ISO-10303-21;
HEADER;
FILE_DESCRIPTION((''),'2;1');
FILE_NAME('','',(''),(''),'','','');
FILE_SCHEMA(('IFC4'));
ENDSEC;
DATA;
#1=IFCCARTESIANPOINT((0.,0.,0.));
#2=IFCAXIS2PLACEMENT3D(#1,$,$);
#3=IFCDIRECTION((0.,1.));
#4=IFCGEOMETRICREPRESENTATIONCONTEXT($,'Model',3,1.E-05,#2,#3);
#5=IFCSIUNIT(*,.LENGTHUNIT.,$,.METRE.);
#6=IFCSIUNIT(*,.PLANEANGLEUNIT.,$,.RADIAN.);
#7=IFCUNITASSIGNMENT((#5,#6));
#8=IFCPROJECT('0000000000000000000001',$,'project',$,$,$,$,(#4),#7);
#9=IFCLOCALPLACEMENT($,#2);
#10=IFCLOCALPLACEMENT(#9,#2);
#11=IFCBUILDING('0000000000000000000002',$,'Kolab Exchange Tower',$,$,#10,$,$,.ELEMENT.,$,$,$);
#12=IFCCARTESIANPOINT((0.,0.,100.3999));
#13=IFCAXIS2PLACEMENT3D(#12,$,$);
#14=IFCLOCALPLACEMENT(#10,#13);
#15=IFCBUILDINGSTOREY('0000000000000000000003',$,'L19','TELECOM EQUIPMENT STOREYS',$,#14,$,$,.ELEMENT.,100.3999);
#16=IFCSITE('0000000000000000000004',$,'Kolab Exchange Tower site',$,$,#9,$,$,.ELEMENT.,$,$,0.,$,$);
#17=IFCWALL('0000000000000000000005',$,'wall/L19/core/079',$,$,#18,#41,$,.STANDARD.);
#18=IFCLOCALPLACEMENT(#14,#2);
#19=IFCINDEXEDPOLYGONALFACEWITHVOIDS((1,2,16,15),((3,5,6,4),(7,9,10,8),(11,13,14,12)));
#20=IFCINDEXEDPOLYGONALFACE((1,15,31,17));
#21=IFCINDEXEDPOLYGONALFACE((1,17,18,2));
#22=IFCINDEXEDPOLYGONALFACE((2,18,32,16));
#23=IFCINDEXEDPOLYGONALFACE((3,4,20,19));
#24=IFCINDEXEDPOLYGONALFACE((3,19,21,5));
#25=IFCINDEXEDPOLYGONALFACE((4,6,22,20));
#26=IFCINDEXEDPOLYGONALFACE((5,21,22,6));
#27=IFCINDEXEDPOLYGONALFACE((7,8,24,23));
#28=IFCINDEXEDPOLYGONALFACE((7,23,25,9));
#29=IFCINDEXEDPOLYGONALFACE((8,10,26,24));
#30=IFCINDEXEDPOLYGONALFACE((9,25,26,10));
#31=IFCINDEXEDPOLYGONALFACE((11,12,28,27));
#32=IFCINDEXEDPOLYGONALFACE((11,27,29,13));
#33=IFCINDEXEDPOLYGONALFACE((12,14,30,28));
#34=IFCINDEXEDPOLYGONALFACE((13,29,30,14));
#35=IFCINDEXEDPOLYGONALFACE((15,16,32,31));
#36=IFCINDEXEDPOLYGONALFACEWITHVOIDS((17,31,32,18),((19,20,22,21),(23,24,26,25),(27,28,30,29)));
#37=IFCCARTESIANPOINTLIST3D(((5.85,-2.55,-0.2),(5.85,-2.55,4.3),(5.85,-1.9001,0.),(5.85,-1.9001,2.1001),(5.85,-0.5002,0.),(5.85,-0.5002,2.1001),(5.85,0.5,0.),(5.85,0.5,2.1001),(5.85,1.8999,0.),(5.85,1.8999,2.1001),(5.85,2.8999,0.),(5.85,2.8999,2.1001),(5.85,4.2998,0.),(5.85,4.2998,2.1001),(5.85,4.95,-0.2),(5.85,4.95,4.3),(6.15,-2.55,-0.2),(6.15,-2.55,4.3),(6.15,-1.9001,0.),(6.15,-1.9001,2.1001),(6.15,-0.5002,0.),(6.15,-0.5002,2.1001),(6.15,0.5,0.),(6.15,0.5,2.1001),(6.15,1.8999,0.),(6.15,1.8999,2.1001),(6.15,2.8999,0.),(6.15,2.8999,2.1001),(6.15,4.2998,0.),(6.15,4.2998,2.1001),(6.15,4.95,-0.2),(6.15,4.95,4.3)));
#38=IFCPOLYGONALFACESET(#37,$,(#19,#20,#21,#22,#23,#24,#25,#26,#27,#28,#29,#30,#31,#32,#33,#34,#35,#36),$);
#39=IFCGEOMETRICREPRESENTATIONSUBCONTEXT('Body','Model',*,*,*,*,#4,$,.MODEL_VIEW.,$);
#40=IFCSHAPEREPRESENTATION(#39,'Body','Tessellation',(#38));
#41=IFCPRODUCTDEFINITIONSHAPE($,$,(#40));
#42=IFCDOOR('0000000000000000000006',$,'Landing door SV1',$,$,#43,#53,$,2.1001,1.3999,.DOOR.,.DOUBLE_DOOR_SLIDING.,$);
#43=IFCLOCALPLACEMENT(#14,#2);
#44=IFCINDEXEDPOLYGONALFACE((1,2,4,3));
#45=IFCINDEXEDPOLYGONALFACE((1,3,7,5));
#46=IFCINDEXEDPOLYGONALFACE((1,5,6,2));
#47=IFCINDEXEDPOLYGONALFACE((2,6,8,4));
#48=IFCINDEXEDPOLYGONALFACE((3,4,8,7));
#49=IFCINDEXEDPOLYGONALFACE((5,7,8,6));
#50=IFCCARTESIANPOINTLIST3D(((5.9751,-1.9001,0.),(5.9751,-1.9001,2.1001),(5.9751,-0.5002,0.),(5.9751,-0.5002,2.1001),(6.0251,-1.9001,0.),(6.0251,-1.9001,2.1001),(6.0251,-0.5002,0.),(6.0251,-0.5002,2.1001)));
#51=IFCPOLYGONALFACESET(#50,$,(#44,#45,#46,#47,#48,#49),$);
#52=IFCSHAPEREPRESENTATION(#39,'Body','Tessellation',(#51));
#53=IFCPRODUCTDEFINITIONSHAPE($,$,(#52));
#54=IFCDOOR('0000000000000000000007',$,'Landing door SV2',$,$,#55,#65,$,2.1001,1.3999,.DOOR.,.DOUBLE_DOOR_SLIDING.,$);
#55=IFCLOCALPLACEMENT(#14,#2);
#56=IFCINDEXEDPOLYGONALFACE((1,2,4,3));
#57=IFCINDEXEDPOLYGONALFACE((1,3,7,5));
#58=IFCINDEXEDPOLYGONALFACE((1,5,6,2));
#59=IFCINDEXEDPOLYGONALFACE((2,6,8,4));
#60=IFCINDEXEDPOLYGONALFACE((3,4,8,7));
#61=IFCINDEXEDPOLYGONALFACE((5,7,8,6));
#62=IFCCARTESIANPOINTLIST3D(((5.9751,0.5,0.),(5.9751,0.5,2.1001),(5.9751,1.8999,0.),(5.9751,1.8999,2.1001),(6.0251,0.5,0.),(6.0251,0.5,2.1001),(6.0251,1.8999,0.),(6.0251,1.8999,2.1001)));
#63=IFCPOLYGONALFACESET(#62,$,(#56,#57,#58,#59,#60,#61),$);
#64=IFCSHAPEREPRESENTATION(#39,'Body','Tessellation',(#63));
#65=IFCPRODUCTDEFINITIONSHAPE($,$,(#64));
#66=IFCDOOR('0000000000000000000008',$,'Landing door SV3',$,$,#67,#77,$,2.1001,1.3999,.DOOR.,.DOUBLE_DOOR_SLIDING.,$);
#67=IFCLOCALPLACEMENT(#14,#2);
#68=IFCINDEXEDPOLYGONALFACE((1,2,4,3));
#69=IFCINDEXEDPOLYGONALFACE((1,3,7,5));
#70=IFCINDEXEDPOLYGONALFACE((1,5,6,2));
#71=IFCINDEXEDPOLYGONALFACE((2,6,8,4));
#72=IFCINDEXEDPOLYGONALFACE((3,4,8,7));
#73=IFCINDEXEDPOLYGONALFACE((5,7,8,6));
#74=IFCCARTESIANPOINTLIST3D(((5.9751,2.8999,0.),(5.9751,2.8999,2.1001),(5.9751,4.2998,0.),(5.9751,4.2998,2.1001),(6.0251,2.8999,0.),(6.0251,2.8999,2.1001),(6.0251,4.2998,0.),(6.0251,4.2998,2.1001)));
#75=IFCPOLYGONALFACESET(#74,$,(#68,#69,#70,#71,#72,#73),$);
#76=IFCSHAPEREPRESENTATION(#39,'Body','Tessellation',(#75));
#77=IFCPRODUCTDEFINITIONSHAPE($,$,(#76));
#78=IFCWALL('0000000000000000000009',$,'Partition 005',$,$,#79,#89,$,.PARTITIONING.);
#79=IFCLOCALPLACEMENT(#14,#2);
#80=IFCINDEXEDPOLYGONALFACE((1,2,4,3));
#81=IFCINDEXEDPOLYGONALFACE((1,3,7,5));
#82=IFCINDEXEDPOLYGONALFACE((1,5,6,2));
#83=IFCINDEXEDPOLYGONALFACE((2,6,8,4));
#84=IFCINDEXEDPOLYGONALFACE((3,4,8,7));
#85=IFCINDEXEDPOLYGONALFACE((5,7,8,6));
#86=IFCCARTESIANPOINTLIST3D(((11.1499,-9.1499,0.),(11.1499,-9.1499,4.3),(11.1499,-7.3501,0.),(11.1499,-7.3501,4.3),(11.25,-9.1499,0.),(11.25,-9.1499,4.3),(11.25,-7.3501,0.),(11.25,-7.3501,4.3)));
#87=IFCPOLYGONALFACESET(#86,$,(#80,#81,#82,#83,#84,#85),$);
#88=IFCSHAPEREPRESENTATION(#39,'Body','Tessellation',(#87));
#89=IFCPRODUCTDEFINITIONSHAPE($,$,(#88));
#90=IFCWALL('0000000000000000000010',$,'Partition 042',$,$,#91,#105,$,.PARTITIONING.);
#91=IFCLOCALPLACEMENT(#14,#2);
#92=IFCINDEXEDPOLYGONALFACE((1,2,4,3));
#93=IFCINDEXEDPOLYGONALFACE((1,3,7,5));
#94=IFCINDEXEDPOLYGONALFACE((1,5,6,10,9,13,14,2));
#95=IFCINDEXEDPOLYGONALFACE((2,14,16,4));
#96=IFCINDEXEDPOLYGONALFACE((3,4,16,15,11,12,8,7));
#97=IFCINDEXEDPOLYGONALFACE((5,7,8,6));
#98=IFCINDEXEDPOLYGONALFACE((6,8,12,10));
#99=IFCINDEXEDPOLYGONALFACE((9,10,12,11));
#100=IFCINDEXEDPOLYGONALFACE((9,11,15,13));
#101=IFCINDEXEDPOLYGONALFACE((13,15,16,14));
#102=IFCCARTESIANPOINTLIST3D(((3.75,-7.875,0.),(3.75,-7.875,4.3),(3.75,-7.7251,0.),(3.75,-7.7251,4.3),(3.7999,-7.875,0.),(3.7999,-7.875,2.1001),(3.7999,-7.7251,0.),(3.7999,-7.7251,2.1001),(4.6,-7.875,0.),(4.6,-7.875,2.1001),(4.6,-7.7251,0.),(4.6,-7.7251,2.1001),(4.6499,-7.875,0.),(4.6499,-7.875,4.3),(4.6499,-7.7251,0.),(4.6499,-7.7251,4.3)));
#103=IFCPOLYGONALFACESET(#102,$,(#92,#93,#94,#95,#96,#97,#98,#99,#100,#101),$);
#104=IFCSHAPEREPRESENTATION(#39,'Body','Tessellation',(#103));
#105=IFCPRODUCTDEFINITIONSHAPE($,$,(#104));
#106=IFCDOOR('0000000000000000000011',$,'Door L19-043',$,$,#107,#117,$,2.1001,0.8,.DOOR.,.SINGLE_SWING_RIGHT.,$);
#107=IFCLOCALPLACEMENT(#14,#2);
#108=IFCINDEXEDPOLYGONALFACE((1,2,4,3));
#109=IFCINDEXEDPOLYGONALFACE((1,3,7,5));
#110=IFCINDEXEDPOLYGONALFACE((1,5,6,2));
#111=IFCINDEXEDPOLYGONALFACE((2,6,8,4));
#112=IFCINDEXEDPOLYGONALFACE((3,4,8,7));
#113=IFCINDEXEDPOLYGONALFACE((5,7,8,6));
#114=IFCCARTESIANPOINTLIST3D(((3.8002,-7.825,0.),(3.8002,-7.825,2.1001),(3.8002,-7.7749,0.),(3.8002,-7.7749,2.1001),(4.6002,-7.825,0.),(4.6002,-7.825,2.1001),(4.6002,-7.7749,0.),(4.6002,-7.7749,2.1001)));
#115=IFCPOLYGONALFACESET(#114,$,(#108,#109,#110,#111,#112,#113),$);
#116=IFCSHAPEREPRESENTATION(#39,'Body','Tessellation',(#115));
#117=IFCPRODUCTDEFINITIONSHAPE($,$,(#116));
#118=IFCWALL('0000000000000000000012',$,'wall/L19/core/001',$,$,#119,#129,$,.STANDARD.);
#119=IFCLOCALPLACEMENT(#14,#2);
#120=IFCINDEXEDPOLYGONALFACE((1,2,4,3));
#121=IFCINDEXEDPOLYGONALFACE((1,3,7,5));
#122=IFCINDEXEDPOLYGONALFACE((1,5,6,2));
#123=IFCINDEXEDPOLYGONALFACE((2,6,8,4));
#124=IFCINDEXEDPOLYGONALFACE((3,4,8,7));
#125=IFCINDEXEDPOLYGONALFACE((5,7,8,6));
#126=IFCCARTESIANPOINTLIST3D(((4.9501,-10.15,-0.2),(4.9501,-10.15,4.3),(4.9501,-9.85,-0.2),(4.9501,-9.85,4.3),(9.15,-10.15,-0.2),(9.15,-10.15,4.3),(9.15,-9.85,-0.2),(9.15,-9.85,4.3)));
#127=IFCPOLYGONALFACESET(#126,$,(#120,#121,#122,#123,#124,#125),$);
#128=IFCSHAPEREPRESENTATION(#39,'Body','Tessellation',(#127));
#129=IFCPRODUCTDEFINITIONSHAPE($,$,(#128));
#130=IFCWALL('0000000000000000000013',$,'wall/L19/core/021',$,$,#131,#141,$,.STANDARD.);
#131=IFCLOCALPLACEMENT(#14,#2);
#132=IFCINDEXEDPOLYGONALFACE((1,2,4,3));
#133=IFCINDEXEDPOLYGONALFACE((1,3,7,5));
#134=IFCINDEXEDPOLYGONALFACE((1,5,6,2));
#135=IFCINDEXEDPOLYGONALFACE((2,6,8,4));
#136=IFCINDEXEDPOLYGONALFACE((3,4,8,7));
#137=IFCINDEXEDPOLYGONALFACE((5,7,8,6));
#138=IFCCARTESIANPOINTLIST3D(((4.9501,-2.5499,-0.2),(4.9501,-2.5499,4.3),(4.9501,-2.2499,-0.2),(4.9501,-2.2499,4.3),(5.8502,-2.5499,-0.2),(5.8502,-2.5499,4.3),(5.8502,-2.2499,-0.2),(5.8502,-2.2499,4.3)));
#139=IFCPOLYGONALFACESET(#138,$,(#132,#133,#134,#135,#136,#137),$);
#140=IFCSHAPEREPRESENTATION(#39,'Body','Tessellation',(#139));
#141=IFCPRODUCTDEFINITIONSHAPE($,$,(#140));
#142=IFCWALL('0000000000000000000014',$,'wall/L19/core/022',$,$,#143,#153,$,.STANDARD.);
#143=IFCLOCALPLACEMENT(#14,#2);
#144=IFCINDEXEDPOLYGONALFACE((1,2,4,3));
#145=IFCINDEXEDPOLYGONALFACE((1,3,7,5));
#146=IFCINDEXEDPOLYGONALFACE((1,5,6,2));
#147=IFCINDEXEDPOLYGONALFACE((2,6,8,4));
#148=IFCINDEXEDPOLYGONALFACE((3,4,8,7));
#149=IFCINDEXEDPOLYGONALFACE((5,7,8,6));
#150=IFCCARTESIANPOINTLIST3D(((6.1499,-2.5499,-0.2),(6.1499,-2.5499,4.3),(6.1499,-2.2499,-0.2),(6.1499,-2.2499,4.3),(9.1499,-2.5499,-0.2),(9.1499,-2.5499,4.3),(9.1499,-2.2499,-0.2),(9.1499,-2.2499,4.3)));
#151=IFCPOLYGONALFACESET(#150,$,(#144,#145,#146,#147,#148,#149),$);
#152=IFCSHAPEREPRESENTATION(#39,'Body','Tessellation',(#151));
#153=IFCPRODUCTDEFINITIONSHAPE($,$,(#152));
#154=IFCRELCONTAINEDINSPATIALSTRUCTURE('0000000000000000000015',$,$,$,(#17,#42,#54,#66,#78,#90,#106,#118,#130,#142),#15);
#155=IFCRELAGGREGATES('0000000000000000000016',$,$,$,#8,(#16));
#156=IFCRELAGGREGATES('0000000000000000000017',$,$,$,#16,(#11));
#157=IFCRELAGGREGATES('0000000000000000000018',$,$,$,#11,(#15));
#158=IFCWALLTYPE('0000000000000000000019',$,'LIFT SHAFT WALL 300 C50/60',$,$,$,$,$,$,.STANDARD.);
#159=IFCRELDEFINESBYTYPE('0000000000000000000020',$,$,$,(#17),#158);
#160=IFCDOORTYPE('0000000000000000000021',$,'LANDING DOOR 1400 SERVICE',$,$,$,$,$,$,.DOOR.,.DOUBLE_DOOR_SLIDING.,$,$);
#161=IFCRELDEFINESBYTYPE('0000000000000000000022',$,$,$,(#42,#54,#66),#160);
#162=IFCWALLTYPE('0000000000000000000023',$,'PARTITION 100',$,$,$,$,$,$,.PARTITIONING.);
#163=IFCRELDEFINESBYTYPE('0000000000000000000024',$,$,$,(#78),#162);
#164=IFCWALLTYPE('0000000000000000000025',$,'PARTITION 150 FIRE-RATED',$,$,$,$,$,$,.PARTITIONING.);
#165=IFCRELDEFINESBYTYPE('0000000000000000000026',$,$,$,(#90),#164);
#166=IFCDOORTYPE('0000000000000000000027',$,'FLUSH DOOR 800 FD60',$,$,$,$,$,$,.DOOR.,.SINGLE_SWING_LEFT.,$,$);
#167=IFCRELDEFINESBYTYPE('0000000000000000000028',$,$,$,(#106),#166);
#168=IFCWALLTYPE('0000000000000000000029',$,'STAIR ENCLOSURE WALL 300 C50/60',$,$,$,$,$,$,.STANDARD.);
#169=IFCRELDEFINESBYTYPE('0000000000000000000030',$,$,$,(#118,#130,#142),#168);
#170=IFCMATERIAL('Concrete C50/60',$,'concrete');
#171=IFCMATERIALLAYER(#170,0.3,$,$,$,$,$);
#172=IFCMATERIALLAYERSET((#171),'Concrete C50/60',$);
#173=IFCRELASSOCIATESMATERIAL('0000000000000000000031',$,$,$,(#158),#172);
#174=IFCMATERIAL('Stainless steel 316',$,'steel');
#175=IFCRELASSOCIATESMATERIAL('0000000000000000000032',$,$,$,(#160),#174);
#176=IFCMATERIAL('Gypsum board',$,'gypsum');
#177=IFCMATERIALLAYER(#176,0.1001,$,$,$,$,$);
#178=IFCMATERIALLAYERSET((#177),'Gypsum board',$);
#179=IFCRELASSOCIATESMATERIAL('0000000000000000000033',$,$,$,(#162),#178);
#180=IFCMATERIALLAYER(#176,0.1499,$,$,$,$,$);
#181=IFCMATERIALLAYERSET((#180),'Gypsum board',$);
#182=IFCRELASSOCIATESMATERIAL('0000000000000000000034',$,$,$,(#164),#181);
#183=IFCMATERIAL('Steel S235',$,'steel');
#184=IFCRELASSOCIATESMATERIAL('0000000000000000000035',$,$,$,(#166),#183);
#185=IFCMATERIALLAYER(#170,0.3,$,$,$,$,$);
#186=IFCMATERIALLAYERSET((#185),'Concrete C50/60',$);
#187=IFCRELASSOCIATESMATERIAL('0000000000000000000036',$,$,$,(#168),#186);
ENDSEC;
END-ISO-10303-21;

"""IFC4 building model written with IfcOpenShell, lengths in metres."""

from ifc_helpers import new_model, si_unit, direction, frame, frame_2d, origin, place, context, subcontext, project, spatial, rectangle, extrude, material, layer, layer_set, type_object, element, fill, save


model = new_model("IFC4")

# Units and contexts
model_context = context("Model", 3, precision=1e-05, world=origin(), true_north=direction((0.0, 1.0)))
body_context = subcontext(model_context, "Body", "Model", "MODEL_VIEW")
ifc_project = project(units=[si_unit("LENGTHUNIT", "METRE"), si_unit("PLANEANGLEUNIT", "RADIAN")], contexts=[model_context])

# Site, building, storey
site_placement = place(None, origin())
site = spatial("IfcSite", under=ifc_project, at=site_placement, Name="Kolab Exchange Tower site", CompositionType="ELEMENT", RefElevation=0.0)
building_placement = place(site_placement, origin())
building = spatial("IfcBuilding", under=site, at=building_placement, Name="Kolab Exchange Tower", CompositionType="ELEMENT")
storey_placement = place(building_placement, frame((0.0, 0.0, 100.3999)))
storey = spatial("IfcBuildingStorey", under=building, at=storey_placement, Name="L19", Description="TELECOM EQUIPMENT STOREYS", CompositionType="ELEMENT", Elevation=100.3999)

# Shared definitions
ifc_material_1 = material(Name="Steel S235", Category="steel")

# Shared definitions
ifc_material_2 = material(Name="Concrete C50/60", Category="concrete")
ifc_layer_1 = layer(ifc_material_2, 0.3)
ifc_layer_set_1 = layer_set([ifc_layer_1], Name="Concrete C50/60")
wall_type_1 = type_object("IfcWallType", Name="LIFT SHAFT WALL 300 C50/60", PredefinedType="STANDARD", material=ifc_layer_set_1)

# Wall, openings, doors
wall_1_placement = place(storey_placement, frame((6.0, -2.55, -0.2), z_axis=(0.0, 0.0, 1.0), x_axis=(0.0, 1.0, 0.0)))
wall_1 = element("IfcWall", 1, at=wall_1_placement, inside=storey, type_object=wall_type_1, Name="wall/L19/core/079", PredefinedType="STANDARD", context=body_context, shape_type="SweptSolid", body=[
    extrude(rectangle(XDim=7.5, YDim=0.3, at=frame_2d((3.75, 0.0))), origin(), (0.0, 0.0, 1.0), 4.5),
])
opening_1_placement = place(wall_1_placement, frame((0.6499, 0.0, 0.2)))
opening_1 = element("IfcOpeningElement", 2, at=opening_1_placement, cuts=wall_1, PredefinedType="OPENING", context=body_context, shape_type="SweptSolid", body=[
    extrude(rectangle(XDim=1.3999, YDim=2.1001, at=frame_2d((0.7, 1.05))), frame((0.0, 0.1602, 0.0), z_axis=(0.0, -1.0, 0.0), x_axis=(1.0, 0.0, 0.0)), (0.0, 0.0, 1.0), 0.3201),
])
opening_2_placement = place(wall_1_placement, frame((3.05, 0.0, 0.2)))
opening_2 = element("IfcOpeningElement", 3, at=opening_2_placement, cuts=wall_1, PredefinedType="OPENING", context=body_context, shape_type="SweptSolid", body=[
    extrude(rectangle(XDim=1.3999, YDim=2.1001, at=frame_2d((0.7, 1.05))), frame((0.0, 0.1602, 0.0), z_axis=(0.0, -1.0, 0.0), x_axis=(1.0, 0.0, 0.0)), (0.0, 0.0, 1.0), 0.3201),
])
opening_3_placement = place(wall_1_placement, frame((5.45, 0.0, 0.2)))
opening_3 = element("IfcOpeningElement", 4, at=opening_3_placement, cuts=wall_1, PredefinedType="OPENING", context=body_context, shape_type="SweptSolid", body=[
    extrude(rectangle(XDim=1.3999, YDim=2.1001, at=frame_2d((0.7, 1.05))), frame((0.0, 0.1602, 0.0), z_axis=(0.0, -1.0, 0.0), x_axis=(1.0, 0.0, 0.0)), (0.0, 0.0, 1.0), 0.3201),
])
ifc_material_3 = material(Name="Stainless steel 316", Category="steel")
door_type_1 = type_object("IfcDoorType", Name="LANDING DOOR 1400 SERVICE", OperationType="DOUBLE_DOOR_SLIDING", PredefinedType="DOOR", material=ifc_material_3)
door_1_placement = place(opening_1_placement, origin())
door_1 = element("IfcDoor", 5, at=door_1_placement, inside=storey, type_object=door_type_1, Name="Landing door SV1", OperationType="DOUBLE_DOOR_SLIDING", OverallHeight=2.1001, OverallWidth=1.3999, PredefinedType="DOOR", context=body_context, shape_type="SweptSolid", body=[
    extrude(rectangle(XDim=1.3999, YDim=2.1001, at=frame_2d((0.7, 1.05))), frame((0.0, 0.0249, 0.0), z_axis=(0.0, -1.0, 0.0), x_axis=(1.0, 0.0, 0.0)), (0.0, 0.0, 1.0), 0.05),
])
fill(opening_1, door_1)
door_2_placement = place(opening_2_placement, origin())
door_2 = element("IfcDoor", 6, at=door_2_placement, inside=storey, type_object=door_type_1, Name="Landing door SV2", OperationType="DOUBLE_DOOR_SLIDING", OverallHeight=2.1001, OverallWidth=1.3999, PredefinedType="DOOR", context=body_context, shape_type="SweptSolid", body=[
    extrude(rectangle(XDim=1.3999, YDim=2.1001, at=frame_2d((0.7, 1.05))), frame((0.0, 0.0249, 0.0), z_axis=(0.0, -1.0, 0.0), x_axis=(1.0, 0.0, 0.0)), (0.0, 0.0, 1.0), 0.05),
])
fill(opening_2, door_2)
door_3_placement = place(opening_3_placement, origin())
door_3 = element("IfcDoor", 7, at=door_3_placement, inside=storey, type_object=door_type_1, Name="Landing door SV3", OperationType="DOUBLE_DOOR_SLIDING", OverallHeight=2.1001, OverallWidth=1.3999, PredefinedType="DOOR", context=body_context, shape_type="SweptSolid", body=[
    extrude(rectangle(XDim=1.3999, YDim=2.1001, at=frame_2d((0.7, 1.05))), frame((0.0, 0.0249, 0.0), z_axis=(0.0, -1.0, 0.0), x_axis=(1.0, 0.0, 0.0)), (0.0, 0.0, 1.0), 0.05),
])
fill(opening_3, door_3)

# Wall
ifc_material_4 = material(Name="Gypsum board", Category="gypsum")
ifc_layer_2 = layer(ifc_material_4, 0.1001)
ifc_layer_set_2 = layer_set([ifc_layer_2], Name="Gypsum board")
wall_type_2 = type_object("IfcWallType", Name="PARTITION 100", PredefinedType="PARTITIONING", material=ifc_layer_set_2)
wall_2_placement = place(storey_placement, frame((11.2, -9.1499, 0.0), z_axis=(0.0, 0.0, 1.0), x_axis=(0.0, 1.0, 0.0)))
element("IfcWall", 8, at=wall_2_placement, inside=storey, type_object=wall_type_2, Name="Partition 005", PredefinedType="PARTITIONING", context=body_context, shape_type="SweptSolid", body=[
    extrude(rectangle(XDim=1.7998, YDim=0.1001, at=frame_2d((0.8999, 0.0))), origin(), (0.0, 0.0, 1.0), 4.3),
])

# Wall, opening, door
ifc_layer_3 = layer(ifc_material_4, 0.1499)
ifc_layer_set_3 = layer_set([ifc_layer_3], Name="Gypsum board")
wall_type_3 = type_object("IfcWallType", Name="PARTITION 150 FIRE-RATED", PredefinedType="PARTITIONING", material=ifc_layer_set_3)
wall_3_placement = place(storey_placement, frame((3.75, -7.8, 0.0), z_axis=(0.0, 0.0, 1.0), x_axis=(1.0, 0.0, 0.0)))
wall_3 = element("IfcWall", 9, at=wall_3_placement, inside=storey, type_object=wall_type_3, Name="Partition 042", PredefinedType="PARTITIONING", context=body_context, shape_type="SweptSolid", body=[
    extrude(rectangle(XDim=0.8999, YDim=0.1499, at=frame_2d((0.45, 0.0))), origin(), (0.0, 0.0, 1.0), 4.3),
])
opening_4_placement = place(wall_3_placement, frame((0.05, 0.0, 0.0)))
opening_4 = element("IfcOpeningElement", 10, at=opening_4_placement, cuts=wall_3, PredefinedType="OPENING", context=body_context, shape_type="SweptSolid", body=[
    extrude(rectangle(XDim=0.8, YDim=2.1001, at=frame_2d((0.3999, 1.05))), frame((0.0, 0.085, 0.0), z_axis=(0.0, -1.0, 0.0), x_axis=(1.0, 0.0, 0.0)), (0.0, 0.0, 1.0), 0.1699),
])
door_type_2 = type_object("IfcDoorType", Name="FLUSH DOOR 800 FD60", OperationType="SINGLE_SWING_LEFT", PredefinedType="DOOR", material=ifc_material_1)
door_4_placement = place(opening_4_placement, frame((0.8, 0.0, 0.0), z_axis=(0.0, 0.0, 1.0), x_axis=(-1.0, 0.0, 0.0)))
door_4 = element("IfcDoor", 11, at=door_4_placement, inside=storey, type_object=door_type_2, Name="Door L19-043", OperationType="SINGLE_SWING_RIGHT", OverallHeight=2.1001, OverallWidth=0.8, PredefinedType="DOOR", context=body_context, shape_type="SweptSolid", body=[
    extrude(rectangle(XDim=0.8, YDim=2.1001, at=frame_2d((0.3999, 1.05))), frame((0.0, 0.0249, 0.0), z_axis=(0.0, -1.0, 0.0), x_axis=(1.0, 0.0, 0.0)), (0.0, 0.0, 1.0), 0.05),
])
fill(opening_4, door_4)

# Walls
ifc_layer_4 = layer(ifc_material_2, 0.3)
ifc_layer_set_4 = layer_set([ifc_layer_4], Name="Concrete C50/60")
wall_type_4 = type_object("IfcWallType", Name="STAIR ENCLOSURE WALL 300 C50/60", PredefinedType="STANDARD", material=ifc_layer_set_4)
wall_4_placement = place(storey_placement, frame((4.95, -10.0, -0.2), z_axis=(0.0, 0.0, 1.0), x_axis=(1.0, 0.0, 0.0)))
element("IfcWall", 12, at=wall_4_placement, inside=storey, type_object=wall_type_4, Name="wall/L19/core/001", PredefinedType="STANDARD", context=body_context, shape_type="SweptSolid", body=[
    extrude(rectangle(XDim=4.2, YDim=0.3, at=frame_2d((2.1001, 0.0))), origin(), (0.0, 0.0, 1.0), 4.5),
])
wall_5_placement = place(storey_placement, frame((4.95, -2.3999, -0.2), z_axis=(0.0, 0.0, 1.0), x_axis=(1.0, 0.0, 0.0)))
element("IfcWall", 13, at=wall_5_placement, inside=storey, type_object=wall_type_4, Name="wall/L19/core/021", PredefinedType="STANDARD", context=body_context, shape_type="SweptSolid", body=[
    extrude(rectangle(XDim=0.9001, YDim=0.3, at=frame_2d((0.4502, 0.0))), origin(), (0.0, 0.0, 1.0), 4.5),
])
wall_6_placement = place(storey_placement, frame((6.1499, -2.3999, -0.2), z_axis=(0.0, 0.0, 1.0), x_axis=(1.0, 0.0, 0.0)))
element("IfcWall", 14, at=wall_6_placement, inside=storey, type_object=wall_type_4, Name="wall/L19/core/022", PredefinedType="STANDARD", context=body_context, shape_type="SweptSolid", body=[
    extrude(rectangle(XDim=3.0, YDim=0.3, at=frame_2d((1.5, 0.0))), origin(), (0.0, 0.0, 1.0), 4.5),
])

save(model, "model.ifc")
